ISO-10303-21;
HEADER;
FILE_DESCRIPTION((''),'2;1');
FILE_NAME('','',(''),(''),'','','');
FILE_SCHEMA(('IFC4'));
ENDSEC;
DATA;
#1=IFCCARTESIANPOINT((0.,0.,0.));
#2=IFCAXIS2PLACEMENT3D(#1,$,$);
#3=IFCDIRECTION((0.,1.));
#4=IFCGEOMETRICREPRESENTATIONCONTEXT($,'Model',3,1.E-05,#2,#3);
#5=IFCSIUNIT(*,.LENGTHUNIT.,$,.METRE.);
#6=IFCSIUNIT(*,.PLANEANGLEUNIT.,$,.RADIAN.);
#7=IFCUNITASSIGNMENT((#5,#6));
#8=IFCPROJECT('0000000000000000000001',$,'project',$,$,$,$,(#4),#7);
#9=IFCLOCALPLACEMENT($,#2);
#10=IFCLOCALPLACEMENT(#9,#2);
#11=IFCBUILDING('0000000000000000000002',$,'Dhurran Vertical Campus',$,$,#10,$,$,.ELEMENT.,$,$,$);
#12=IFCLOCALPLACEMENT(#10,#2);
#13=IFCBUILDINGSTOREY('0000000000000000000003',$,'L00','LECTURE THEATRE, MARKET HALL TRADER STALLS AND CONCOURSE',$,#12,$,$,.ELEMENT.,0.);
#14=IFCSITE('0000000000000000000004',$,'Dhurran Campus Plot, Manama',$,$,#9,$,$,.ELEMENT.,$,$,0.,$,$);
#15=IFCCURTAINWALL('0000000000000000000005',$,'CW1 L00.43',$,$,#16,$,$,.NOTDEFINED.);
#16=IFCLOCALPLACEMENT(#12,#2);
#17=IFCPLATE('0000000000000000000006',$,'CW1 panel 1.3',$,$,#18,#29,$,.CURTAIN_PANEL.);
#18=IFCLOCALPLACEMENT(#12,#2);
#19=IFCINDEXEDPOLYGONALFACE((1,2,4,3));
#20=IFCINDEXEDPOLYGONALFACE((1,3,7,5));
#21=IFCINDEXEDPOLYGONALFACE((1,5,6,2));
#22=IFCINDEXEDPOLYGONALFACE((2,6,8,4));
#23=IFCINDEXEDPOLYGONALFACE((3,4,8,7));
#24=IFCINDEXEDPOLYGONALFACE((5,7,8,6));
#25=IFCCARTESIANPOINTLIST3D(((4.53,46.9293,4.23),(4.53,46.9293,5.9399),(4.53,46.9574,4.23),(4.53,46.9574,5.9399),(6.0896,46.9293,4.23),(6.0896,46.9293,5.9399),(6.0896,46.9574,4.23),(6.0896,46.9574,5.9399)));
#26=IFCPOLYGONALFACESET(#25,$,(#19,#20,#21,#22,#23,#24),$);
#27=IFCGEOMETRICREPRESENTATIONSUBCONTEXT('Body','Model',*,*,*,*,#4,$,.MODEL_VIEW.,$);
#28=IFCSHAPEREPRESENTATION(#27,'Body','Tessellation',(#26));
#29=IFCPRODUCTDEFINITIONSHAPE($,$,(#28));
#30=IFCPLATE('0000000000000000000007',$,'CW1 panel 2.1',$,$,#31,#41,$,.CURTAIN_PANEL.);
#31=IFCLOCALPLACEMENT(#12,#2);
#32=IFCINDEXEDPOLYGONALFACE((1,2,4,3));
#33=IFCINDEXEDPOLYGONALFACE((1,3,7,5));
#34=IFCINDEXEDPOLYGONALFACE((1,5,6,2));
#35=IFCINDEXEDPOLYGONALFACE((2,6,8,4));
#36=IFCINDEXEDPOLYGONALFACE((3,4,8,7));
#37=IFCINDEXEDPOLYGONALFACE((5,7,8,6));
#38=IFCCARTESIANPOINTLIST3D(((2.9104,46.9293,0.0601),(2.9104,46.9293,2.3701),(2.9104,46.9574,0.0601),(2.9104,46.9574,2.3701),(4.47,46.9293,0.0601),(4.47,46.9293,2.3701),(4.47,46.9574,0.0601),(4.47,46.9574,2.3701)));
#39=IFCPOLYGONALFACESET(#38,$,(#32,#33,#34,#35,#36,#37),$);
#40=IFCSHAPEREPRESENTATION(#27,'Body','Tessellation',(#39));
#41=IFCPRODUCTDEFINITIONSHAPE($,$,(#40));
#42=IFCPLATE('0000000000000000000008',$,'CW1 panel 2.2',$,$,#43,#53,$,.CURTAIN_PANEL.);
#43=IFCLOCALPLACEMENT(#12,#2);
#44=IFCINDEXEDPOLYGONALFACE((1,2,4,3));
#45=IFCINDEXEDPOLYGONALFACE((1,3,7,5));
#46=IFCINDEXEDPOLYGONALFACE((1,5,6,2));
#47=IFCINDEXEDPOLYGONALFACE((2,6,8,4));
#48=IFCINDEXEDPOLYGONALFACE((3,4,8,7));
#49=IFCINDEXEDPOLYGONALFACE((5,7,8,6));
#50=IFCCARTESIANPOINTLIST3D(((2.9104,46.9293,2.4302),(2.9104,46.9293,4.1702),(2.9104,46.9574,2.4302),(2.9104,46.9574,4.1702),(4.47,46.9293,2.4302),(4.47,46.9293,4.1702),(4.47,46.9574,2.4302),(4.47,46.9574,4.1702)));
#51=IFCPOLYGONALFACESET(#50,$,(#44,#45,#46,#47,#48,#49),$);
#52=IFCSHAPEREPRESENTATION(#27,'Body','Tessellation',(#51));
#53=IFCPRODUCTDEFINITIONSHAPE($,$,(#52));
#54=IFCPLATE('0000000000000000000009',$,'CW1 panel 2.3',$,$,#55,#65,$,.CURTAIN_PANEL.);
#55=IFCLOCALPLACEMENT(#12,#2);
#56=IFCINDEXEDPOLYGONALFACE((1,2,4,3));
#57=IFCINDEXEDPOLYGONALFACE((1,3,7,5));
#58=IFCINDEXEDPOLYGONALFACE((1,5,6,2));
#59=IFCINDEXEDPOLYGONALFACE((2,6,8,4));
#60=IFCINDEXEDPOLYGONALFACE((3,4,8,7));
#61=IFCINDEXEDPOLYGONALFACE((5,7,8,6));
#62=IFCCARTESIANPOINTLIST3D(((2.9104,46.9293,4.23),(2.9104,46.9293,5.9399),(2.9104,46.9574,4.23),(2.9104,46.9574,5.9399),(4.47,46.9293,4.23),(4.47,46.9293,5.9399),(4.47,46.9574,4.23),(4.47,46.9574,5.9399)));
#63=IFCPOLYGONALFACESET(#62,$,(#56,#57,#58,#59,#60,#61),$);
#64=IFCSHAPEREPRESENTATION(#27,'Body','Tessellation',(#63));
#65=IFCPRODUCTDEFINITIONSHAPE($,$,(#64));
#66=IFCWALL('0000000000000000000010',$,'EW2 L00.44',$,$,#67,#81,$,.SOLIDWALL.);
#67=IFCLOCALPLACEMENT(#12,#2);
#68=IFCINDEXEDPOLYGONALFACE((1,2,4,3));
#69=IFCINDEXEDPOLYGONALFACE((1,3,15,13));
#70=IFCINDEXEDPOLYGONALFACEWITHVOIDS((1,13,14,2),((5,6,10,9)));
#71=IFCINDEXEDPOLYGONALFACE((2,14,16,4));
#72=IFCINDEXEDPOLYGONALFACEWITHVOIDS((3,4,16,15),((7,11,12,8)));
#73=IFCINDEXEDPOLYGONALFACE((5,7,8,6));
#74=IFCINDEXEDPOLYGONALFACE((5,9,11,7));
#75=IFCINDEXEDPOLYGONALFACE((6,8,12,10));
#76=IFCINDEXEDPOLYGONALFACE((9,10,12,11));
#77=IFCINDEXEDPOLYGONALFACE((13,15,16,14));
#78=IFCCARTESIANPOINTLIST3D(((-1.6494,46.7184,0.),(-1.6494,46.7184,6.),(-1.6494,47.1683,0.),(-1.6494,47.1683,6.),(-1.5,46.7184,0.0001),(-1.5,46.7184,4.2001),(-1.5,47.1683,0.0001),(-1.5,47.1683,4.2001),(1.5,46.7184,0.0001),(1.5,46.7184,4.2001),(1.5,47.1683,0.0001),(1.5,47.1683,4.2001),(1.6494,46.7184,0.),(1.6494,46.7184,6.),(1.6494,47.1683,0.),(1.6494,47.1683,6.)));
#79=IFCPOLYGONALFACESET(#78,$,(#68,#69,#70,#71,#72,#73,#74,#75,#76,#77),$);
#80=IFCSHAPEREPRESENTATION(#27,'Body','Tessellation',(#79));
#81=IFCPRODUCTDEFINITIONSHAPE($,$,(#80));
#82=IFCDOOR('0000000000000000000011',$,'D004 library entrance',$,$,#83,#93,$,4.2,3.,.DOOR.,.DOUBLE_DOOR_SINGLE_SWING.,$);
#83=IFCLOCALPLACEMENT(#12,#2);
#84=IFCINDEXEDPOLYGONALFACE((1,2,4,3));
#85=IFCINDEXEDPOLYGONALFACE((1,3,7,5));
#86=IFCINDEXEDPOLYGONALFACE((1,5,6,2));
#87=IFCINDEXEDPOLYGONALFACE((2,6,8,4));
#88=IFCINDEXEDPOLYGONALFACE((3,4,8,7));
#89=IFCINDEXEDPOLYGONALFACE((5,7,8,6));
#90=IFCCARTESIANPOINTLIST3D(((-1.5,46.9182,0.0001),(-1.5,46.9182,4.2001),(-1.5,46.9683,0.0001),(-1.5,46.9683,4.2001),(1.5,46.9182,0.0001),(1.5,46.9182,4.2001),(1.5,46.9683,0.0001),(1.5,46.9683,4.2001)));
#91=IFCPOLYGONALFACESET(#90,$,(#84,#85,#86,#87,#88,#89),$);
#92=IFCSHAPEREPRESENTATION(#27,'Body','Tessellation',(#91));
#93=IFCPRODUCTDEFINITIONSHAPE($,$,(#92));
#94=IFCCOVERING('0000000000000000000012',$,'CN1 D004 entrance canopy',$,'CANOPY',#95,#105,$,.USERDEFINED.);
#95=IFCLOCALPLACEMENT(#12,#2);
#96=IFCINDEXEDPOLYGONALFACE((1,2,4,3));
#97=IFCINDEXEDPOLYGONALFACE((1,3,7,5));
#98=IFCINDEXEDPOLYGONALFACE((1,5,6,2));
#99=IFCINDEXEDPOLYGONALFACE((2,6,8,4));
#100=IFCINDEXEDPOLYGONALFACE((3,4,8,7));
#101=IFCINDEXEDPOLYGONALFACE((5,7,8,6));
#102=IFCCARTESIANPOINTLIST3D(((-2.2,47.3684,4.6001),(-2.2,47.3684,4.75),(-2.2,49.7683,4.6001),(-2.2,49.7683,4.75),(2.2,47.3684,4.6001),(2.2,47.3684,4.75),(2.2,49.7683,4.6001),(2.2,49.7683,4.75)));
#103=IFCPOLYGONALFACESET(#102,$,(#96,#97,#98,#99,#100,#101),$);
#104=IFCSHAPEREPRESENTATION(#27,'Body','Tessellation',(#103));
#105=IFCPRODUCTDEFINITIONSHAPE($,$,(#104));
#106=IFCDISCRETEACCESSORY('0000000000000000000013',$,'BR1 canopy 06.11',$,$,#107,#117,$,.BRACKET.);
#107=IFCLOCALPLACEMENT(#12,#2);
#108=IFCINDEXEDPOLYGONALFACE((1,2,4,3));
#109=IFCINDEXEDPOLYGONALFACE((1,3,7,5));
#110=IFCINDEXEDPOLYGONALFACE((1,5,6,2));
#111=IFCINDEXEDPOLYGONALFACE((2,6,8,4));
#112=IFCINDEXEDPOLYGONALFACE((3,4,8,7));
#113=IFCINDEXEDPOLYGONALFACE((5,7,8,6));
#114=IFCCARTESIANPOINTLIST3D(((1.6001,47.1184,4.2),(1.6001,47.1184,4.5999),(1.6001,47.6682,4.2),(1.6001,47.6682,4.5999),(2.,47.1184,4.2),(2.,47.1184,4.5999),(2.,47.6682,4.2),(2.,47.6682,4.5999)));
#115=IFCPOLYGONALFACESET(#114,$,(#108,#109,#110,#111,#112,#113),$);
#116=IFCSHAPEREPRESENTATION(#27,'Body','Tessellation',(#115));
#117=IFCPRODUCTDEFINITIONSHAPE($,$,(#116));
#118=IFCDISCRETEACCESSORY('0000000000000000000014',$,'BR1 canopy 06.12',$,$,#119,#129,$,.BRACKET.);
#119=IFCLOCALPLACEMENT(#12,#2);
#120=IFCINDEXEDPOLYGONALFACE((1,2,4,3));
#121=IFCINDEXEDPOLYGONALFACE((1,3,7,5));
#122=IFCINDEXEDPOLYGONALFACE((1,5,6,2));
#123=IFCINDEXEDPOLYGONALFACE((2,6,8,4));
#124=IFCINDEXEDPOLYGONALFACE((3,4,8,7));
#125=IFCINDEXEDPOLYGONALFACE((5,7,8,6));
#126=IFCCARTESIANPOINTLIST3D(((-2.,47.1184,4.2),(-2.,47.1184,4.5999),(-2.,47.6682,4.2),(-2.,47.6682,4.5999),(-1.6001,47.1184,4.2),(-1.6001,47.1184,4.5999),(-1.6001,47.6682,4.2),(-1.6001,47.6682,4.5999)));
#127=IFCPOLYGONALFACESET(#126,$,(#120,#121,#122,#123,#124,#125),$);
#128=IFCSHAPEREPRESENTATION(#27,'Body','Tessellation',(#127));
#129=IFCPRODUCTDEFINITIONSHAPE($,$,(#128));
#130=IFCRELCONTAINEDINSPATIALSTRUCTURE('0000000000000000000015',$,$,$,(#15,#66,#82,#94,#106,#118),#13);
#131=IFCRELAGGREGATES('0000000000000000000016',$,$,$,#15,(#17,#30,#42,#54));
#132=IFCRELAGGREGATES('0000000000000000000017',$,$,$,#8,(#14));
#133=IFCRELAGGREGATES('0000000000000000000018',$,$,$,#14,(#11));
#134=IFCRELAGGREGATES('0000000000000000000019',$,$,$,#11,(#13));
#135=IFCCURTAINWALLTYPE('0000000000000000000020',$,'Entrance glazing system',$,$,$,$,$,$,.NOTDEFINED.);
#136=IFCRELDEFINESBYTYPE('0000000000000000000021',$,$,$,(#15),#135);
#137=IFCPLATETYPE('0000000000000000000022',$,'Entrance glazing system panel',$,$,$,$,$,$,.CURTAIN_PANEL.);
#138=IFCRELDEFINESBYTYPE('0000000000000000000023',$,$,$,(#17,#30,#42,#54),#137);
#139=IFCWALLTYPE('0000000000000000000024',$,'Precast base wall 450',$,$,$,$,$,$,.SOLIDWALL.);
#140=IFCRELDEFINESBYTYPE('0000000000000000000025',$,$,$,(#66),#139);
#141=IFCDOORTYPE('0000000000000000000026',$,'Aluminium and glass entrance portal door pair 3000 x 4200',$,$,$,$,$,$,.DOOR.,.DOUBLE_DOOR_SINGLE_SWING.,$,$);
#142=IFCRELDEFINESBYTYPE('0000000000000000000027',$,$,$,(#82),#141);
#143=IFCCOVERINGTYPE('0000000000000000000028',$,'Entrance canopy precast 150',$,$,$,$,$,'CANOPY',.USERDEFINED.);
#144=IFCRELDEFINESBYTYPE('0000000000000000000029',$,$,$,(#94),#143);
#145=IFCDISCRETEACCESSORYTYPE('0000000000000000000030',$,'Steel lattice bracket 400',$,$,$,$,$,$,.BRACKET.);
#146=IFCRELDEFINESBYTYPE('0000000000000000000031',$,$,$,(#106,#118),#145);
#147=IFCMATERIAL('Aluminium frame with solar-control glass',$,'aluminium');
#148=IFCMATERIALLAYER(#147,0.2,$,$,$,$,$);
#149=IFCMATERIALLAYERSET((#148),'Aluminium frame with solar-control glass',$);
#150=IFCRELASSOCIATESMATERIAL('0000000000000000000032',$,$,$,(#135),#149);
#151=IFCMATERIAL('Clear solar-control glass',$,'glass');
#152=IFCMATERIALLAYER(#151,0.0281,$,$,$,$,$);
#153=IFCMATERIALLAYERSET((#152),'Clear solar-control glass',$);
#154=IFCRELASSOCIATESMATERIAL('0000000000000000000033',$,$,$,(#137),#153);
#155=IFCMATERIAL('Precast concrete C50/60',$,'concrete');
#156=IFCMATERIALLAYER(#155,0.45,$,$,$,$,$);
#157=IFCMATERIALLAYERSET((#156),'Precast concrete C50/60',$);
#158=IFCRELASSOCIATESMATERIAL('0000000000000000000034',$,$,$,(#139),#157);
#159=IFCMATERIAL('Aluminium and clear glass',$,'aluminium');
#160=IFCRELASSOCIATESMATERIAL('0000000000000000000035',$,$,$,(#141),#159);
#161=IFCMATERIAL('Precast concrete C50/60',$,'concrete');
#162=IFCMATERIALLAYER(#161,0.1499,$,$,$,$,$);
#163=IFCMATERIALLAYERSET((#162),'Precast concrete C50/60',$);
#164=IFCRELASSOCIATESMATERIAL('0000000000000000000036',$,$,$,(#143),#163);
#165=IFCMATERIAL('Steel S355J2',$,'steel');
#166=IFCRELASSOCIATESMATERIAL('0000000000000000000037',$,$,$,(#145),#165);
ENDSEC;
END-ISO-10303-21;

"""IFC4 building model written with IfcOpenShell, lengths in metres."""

from ifc_helpers import new_model, si_unit, direction, frame, frame_2d, origin, origin_2d, place, context, subcontext, project, spatial, rectangle, extrude, material, layer, layer_set, material_profile, profile_set, type_object, element, fill, aggregate, save


model = new_model("IFC4")

# Units and contexts
model_context = context("Model", 3, precision=1e-05, world=origin(), true_north=direction((0.0, 1.0)))
body_context = subcontext(model_context, "Body", "Model", "MODEL_VIEW")
ifc_project = project(units=[si_unit("LENGTHUNIT", "METRE"), si_unit("PLANEANGLEUNIT", "RADIAN")], contexts=[model_context])

# Site, building, storey
site_placement = place(None, origin())
site = spatial("IfcSite", under=ifc_project, at=site_placement, Name="Dhurran Campus Plot, Manama", CompositionType="ELEMENT", RefElevation=0.0)
building_placement = place(site_placement, origin())
building = spatial("IfcBuilding", under=site, at=building_placement, Name="Dhurran Vertical Campus", CompositionType="ELEMENT")
storey_placement = place(building_placement, origin())
storey = spatial("IfcBuildingStorey", under=building, at=storey_placement, Name="L00", Description="LECTURE THEATRE, MARKET HALL TRADER STALLS AND CONCOURSE", CompositionType="ELEMENT", Elevation=0.0)

# Curtain wall, plates
ifc_material_1 = material(Name="Aluminium frame with solar-control glass", Category="aluminium")
ifc_layer_1 = layer(ifc_material_1, 0.2)
ifc_layer_set_1 = layer_set([ifc_layer_1], Name="Aluminium frame with solar-control glass")
curtain_wall_type = type_object("IfcCurtainWallType", Name="Entrance glazing system", PredefinedType="NOTDEFINED", material=ifc_layer_set_1)
curtain_wall_placement = place(storey_placement, origin())
curtain_wall = element("IfcCurtainWall", 1, at=curtain_wall_placement, inside=storey, type_object=curtain_wall_type, Name="CW1 L00.43", PredefinedType="NOTDEFINED")
ifc_material_2 = material(Name="Clear solar-control glass", Category="glass")
ifc_layer_2 = layer(ifc_material_2, 0.0281)
ifc_layer_set_2 = layer_set([ifc_layer_2], Name="Clear solar-control glass")
plate_type = type_object("IfcPlateType", Name="Entrance glazing system panel", PredefinedType="CURTAIN_PANEL", material=ifc_layer_set_2)
plate_1_placement = place(storey_placement, frame((5.3098, 46.9434, 4.23), z_axis=(0.0, 0.0, 1.0), x_axis=(-1.0, 0.0, 0.0)))
plate_1 = element("IfcPlate", 2, at=plate_1_placement, type_object=plate_type, Name="CW1 panel 1.3", PredefinedType="CURTAIN_PANEL", context=body_context, shape_type="SweptSolid", body=[
    extrude(rectangle(XDim=1.5596, YDim=0.0281, at=origin_2d()), origin(), (0.0, 0.0, 1.0), 1.71),
])
plate_2_placement = place(storey_placement, frame((3.6902, 46.9434, 0.0601), z_axis=(0.0, 0.0, 1.0), x_axis=(-1.0, 0.0, 0.0)))
plate_2 = element("IfcPlate", 3, at=plate_2_placement, type_object=plate_type, Name="CW1 panel 2.1", PredefinedType="CURTAIN_PANEL", context=body_context, shape_type="SweptSolid", body=[
    extrude(rectangle(XDim=1.5596, YDim=0.0281, at=origin_2d()), origin(), (0.0, 0.0, 1.0), 2.3101),
])
plate_3_placement = place(storey_placement, frame((3.6902, 46.9434, 2.4302), z_axis=(0.0, 0.0, 1.0), x_axis=(-1.0, 0.0, 0.0)))
plate_3 = element("IfcPlate", 4, at=plate_3_placement, type_object=plate_type, Name="CW1 panel 2.2", PredefinedType="CURTAIN_PANEL", context=body_context, shape_type="SweptSolid", body=[
    extrude(rectangle(XDim=1.5596, YDim=0.0281, at=origin_2d()), origin(), (0.0, 0.0, 1.0), 1.74),
])
plate_4_placement = place(storey_placement, frame((3.6902, 46.9434, 4.23), z_axis=(0.0, 0.0, 1.0), x_axis=(-1.0, 0.0, 0.0)))
plate_4 = element("IfcPlate", 5, at=plate_4_placement, type_object=plate_type, Name="CW1 panel 2.3", PredefinedType="CURTAIN_PANEL", context=body_context, shape_type="SweptSolid", body=[
    extrude(rectangle(XDim=1.5596, YDim=0.0281, at=origin_2d()), origin(), (0.0, 0.0, 1.0), 1.71),
])
aggregate(curtain_wall, [plate_1, plate_2, plate_3, plate_4])

# Wall, opening, door
ifc_material_3 = material(Name="Precast concrete C50/60", Category="concrete")
ifc_layer_3 = layer(ifc_material_3, 0.45)
ifc_layer_set_3 = layer_set([ifc_layer_3], Name="Precast concrete C50/60")
wall_type = type_object("IfcWallType", Name="Precast base wall 450", PredefinedType="SOLIDWALL", material=ifc_layer_set_3)
wall_placement = place(storey_placement, frame((-1.6494, 46.9434, 0.0), z_axis=(0.0, 0.0, 1.0), x_axis=(1.0, 0.0, 0.0)))
wall = element("IfcWall", 6, at=wall_placement, inside=storey, type_object=wall_type, Name="EW2 L00.44", PredefinedType="SOLIDWALL", context=body_context, shape_type="SweptSolid", body=[
    extrude(rectangle(XDim=3.2988, YDim=0.45, at=frame_2d((1.6494, 0.0))), origin(), (0.0, 0.0, 1.0), 6.0),
])
opening_placement = place(wall_placement, frame((0.1494, 0.0, 0.0)))
opening = element("IfcOpeningElement", 7, at=opening_placement, cuts=wall, PredefinedType="OPENING", context=body_context, shape_type="SweptSolid", body=[
    extrude(rectangle(XDim=3.0, YDim=4.2, at=frame_2d((1.5, 2.1001))), frame((0.0, 0.2349, 0.0), z_axis=(0.0, -1.0, 0.0), x_axis=(1.0, 0.0, 0.0)), (0.0, 0.0, 1.0), 0.47),
])
ifc_material_4 = material(Name="Aluminium and clear glass", Category="aluminium")
door_type = type_object("IfcDoorType", Name="Aluminium and glass entrance portal door pair 3000 x 4200", OperationType="DOUBLE_DOOR_SINGLE_SWING", PredefinedType="DOOR", material=ifc_material_4)
door_placement = place(opening_placement, origin())
door = element("IfcDoor", 8, at=door_placement, inside=storey, type_object=door_type, Name="D004 library entrance", OperationType="DOUBLE_DOOR_SINGLE_SWING", OverallHeight=4.2, OverallWidth=3.0, PredefinedType="DOOR", context=body_context, shape_type="SweptSolid", body=[
    extrude(rectangle(XDim=3.0, YDim=4.2, at=frame_2d((1.5, 2.1001))), frame((0.0, 0.0249, 0.0), z_axis=(0.0, -1.0, 0.0), x_axis=(1.0, 0.0, 0.0)), (0.0, 0.0, 1.0), 0.05),
])
fill(opening, door)

# Covering
ifc_material_5 = material(Name="Precast concrete C50/60", Category="concrete")
ifc_layer_4 = layer(ifc_material_5, 0.1499)
ifc_layer_set_4 = layer_set([ifc_layer_4], Name="Precast concrete C50/60")
covering_type = type_object("IfcCoveringType", Name="Entrance canopy precast 150", ElementType="CANOPY", PredefinedType="USERDEFINED", material=ifc_layer_set_4)
covering_placement = place(storey_placement, frame((0.0, 48.5684, 4.6001), z_axis=(0.0, 0.0, 1.0), x_axis=(-1.0, 0.0, 0.0)))
element("IfcCovering", 9, at=covering_placement, inside=storey, type_object=covering_type, Name="CN1 D004 entrance canopy", ObjectType="CANOPY", PredefinedType="USERDEFINED", context=body_context, shape_type="SweptSolid", body=[
    extrude(rectangle(XDim=4.3999, YDim=2.3999, at=origin_2d()), origin(), (0.0, 0.0, 1.0), 0.1499),
])

# Discrete accessories
ifc_material_6 = material(Name="Steel S355J2", Category="steel")
ifc_material_profile_1 = material_profile(ifc_material_6, rectangle(XDim=0.3999, YDim=0.3999, at=origin_2d()), Name="Steel lattice bracket 400")
ifc_profile_set_1 = profile_set([ifc_material_profile_1], Name="Steel S355J2")
discrete_accessory_type = type_object("IfcDiscreteAccessoryType", Name="Steel lattice bracket 400", PredefinedType="BRACKET", material=ifc_profile_set_1)
for number, where, z_axis, x_axis, name in (
    (10, (1.8, 47.1184, 4.3999), (0.0, 1.0, 0.0), (-1.0, 0.0, 0.0), "BR1 canopy 06.11"),
    (11, (-1.8, 47.1184, 4.3999), (0.0, 1.0, 0.0), (-1.0, 0.0, 0.0), "BR1 canopy 06.12"),
):
    element("IfcDiscreteAccessory", number, at=place(storey_placement, frame(where, z_axis=z_axis, x_axis=x_axis)), inside=storey, type_object=discrete_accessory_type, Name=name, PredefinedType="BRACKET", context=body_context, shape_type="SweptSolid", body=[
        extrude(rectangle(XDim=0.3999, YDim=0.3999, at=origin_2d()), origin(), (0.0, 0.0, 1.0), 0.5498),
    ])

save(model, "model.ifc")
